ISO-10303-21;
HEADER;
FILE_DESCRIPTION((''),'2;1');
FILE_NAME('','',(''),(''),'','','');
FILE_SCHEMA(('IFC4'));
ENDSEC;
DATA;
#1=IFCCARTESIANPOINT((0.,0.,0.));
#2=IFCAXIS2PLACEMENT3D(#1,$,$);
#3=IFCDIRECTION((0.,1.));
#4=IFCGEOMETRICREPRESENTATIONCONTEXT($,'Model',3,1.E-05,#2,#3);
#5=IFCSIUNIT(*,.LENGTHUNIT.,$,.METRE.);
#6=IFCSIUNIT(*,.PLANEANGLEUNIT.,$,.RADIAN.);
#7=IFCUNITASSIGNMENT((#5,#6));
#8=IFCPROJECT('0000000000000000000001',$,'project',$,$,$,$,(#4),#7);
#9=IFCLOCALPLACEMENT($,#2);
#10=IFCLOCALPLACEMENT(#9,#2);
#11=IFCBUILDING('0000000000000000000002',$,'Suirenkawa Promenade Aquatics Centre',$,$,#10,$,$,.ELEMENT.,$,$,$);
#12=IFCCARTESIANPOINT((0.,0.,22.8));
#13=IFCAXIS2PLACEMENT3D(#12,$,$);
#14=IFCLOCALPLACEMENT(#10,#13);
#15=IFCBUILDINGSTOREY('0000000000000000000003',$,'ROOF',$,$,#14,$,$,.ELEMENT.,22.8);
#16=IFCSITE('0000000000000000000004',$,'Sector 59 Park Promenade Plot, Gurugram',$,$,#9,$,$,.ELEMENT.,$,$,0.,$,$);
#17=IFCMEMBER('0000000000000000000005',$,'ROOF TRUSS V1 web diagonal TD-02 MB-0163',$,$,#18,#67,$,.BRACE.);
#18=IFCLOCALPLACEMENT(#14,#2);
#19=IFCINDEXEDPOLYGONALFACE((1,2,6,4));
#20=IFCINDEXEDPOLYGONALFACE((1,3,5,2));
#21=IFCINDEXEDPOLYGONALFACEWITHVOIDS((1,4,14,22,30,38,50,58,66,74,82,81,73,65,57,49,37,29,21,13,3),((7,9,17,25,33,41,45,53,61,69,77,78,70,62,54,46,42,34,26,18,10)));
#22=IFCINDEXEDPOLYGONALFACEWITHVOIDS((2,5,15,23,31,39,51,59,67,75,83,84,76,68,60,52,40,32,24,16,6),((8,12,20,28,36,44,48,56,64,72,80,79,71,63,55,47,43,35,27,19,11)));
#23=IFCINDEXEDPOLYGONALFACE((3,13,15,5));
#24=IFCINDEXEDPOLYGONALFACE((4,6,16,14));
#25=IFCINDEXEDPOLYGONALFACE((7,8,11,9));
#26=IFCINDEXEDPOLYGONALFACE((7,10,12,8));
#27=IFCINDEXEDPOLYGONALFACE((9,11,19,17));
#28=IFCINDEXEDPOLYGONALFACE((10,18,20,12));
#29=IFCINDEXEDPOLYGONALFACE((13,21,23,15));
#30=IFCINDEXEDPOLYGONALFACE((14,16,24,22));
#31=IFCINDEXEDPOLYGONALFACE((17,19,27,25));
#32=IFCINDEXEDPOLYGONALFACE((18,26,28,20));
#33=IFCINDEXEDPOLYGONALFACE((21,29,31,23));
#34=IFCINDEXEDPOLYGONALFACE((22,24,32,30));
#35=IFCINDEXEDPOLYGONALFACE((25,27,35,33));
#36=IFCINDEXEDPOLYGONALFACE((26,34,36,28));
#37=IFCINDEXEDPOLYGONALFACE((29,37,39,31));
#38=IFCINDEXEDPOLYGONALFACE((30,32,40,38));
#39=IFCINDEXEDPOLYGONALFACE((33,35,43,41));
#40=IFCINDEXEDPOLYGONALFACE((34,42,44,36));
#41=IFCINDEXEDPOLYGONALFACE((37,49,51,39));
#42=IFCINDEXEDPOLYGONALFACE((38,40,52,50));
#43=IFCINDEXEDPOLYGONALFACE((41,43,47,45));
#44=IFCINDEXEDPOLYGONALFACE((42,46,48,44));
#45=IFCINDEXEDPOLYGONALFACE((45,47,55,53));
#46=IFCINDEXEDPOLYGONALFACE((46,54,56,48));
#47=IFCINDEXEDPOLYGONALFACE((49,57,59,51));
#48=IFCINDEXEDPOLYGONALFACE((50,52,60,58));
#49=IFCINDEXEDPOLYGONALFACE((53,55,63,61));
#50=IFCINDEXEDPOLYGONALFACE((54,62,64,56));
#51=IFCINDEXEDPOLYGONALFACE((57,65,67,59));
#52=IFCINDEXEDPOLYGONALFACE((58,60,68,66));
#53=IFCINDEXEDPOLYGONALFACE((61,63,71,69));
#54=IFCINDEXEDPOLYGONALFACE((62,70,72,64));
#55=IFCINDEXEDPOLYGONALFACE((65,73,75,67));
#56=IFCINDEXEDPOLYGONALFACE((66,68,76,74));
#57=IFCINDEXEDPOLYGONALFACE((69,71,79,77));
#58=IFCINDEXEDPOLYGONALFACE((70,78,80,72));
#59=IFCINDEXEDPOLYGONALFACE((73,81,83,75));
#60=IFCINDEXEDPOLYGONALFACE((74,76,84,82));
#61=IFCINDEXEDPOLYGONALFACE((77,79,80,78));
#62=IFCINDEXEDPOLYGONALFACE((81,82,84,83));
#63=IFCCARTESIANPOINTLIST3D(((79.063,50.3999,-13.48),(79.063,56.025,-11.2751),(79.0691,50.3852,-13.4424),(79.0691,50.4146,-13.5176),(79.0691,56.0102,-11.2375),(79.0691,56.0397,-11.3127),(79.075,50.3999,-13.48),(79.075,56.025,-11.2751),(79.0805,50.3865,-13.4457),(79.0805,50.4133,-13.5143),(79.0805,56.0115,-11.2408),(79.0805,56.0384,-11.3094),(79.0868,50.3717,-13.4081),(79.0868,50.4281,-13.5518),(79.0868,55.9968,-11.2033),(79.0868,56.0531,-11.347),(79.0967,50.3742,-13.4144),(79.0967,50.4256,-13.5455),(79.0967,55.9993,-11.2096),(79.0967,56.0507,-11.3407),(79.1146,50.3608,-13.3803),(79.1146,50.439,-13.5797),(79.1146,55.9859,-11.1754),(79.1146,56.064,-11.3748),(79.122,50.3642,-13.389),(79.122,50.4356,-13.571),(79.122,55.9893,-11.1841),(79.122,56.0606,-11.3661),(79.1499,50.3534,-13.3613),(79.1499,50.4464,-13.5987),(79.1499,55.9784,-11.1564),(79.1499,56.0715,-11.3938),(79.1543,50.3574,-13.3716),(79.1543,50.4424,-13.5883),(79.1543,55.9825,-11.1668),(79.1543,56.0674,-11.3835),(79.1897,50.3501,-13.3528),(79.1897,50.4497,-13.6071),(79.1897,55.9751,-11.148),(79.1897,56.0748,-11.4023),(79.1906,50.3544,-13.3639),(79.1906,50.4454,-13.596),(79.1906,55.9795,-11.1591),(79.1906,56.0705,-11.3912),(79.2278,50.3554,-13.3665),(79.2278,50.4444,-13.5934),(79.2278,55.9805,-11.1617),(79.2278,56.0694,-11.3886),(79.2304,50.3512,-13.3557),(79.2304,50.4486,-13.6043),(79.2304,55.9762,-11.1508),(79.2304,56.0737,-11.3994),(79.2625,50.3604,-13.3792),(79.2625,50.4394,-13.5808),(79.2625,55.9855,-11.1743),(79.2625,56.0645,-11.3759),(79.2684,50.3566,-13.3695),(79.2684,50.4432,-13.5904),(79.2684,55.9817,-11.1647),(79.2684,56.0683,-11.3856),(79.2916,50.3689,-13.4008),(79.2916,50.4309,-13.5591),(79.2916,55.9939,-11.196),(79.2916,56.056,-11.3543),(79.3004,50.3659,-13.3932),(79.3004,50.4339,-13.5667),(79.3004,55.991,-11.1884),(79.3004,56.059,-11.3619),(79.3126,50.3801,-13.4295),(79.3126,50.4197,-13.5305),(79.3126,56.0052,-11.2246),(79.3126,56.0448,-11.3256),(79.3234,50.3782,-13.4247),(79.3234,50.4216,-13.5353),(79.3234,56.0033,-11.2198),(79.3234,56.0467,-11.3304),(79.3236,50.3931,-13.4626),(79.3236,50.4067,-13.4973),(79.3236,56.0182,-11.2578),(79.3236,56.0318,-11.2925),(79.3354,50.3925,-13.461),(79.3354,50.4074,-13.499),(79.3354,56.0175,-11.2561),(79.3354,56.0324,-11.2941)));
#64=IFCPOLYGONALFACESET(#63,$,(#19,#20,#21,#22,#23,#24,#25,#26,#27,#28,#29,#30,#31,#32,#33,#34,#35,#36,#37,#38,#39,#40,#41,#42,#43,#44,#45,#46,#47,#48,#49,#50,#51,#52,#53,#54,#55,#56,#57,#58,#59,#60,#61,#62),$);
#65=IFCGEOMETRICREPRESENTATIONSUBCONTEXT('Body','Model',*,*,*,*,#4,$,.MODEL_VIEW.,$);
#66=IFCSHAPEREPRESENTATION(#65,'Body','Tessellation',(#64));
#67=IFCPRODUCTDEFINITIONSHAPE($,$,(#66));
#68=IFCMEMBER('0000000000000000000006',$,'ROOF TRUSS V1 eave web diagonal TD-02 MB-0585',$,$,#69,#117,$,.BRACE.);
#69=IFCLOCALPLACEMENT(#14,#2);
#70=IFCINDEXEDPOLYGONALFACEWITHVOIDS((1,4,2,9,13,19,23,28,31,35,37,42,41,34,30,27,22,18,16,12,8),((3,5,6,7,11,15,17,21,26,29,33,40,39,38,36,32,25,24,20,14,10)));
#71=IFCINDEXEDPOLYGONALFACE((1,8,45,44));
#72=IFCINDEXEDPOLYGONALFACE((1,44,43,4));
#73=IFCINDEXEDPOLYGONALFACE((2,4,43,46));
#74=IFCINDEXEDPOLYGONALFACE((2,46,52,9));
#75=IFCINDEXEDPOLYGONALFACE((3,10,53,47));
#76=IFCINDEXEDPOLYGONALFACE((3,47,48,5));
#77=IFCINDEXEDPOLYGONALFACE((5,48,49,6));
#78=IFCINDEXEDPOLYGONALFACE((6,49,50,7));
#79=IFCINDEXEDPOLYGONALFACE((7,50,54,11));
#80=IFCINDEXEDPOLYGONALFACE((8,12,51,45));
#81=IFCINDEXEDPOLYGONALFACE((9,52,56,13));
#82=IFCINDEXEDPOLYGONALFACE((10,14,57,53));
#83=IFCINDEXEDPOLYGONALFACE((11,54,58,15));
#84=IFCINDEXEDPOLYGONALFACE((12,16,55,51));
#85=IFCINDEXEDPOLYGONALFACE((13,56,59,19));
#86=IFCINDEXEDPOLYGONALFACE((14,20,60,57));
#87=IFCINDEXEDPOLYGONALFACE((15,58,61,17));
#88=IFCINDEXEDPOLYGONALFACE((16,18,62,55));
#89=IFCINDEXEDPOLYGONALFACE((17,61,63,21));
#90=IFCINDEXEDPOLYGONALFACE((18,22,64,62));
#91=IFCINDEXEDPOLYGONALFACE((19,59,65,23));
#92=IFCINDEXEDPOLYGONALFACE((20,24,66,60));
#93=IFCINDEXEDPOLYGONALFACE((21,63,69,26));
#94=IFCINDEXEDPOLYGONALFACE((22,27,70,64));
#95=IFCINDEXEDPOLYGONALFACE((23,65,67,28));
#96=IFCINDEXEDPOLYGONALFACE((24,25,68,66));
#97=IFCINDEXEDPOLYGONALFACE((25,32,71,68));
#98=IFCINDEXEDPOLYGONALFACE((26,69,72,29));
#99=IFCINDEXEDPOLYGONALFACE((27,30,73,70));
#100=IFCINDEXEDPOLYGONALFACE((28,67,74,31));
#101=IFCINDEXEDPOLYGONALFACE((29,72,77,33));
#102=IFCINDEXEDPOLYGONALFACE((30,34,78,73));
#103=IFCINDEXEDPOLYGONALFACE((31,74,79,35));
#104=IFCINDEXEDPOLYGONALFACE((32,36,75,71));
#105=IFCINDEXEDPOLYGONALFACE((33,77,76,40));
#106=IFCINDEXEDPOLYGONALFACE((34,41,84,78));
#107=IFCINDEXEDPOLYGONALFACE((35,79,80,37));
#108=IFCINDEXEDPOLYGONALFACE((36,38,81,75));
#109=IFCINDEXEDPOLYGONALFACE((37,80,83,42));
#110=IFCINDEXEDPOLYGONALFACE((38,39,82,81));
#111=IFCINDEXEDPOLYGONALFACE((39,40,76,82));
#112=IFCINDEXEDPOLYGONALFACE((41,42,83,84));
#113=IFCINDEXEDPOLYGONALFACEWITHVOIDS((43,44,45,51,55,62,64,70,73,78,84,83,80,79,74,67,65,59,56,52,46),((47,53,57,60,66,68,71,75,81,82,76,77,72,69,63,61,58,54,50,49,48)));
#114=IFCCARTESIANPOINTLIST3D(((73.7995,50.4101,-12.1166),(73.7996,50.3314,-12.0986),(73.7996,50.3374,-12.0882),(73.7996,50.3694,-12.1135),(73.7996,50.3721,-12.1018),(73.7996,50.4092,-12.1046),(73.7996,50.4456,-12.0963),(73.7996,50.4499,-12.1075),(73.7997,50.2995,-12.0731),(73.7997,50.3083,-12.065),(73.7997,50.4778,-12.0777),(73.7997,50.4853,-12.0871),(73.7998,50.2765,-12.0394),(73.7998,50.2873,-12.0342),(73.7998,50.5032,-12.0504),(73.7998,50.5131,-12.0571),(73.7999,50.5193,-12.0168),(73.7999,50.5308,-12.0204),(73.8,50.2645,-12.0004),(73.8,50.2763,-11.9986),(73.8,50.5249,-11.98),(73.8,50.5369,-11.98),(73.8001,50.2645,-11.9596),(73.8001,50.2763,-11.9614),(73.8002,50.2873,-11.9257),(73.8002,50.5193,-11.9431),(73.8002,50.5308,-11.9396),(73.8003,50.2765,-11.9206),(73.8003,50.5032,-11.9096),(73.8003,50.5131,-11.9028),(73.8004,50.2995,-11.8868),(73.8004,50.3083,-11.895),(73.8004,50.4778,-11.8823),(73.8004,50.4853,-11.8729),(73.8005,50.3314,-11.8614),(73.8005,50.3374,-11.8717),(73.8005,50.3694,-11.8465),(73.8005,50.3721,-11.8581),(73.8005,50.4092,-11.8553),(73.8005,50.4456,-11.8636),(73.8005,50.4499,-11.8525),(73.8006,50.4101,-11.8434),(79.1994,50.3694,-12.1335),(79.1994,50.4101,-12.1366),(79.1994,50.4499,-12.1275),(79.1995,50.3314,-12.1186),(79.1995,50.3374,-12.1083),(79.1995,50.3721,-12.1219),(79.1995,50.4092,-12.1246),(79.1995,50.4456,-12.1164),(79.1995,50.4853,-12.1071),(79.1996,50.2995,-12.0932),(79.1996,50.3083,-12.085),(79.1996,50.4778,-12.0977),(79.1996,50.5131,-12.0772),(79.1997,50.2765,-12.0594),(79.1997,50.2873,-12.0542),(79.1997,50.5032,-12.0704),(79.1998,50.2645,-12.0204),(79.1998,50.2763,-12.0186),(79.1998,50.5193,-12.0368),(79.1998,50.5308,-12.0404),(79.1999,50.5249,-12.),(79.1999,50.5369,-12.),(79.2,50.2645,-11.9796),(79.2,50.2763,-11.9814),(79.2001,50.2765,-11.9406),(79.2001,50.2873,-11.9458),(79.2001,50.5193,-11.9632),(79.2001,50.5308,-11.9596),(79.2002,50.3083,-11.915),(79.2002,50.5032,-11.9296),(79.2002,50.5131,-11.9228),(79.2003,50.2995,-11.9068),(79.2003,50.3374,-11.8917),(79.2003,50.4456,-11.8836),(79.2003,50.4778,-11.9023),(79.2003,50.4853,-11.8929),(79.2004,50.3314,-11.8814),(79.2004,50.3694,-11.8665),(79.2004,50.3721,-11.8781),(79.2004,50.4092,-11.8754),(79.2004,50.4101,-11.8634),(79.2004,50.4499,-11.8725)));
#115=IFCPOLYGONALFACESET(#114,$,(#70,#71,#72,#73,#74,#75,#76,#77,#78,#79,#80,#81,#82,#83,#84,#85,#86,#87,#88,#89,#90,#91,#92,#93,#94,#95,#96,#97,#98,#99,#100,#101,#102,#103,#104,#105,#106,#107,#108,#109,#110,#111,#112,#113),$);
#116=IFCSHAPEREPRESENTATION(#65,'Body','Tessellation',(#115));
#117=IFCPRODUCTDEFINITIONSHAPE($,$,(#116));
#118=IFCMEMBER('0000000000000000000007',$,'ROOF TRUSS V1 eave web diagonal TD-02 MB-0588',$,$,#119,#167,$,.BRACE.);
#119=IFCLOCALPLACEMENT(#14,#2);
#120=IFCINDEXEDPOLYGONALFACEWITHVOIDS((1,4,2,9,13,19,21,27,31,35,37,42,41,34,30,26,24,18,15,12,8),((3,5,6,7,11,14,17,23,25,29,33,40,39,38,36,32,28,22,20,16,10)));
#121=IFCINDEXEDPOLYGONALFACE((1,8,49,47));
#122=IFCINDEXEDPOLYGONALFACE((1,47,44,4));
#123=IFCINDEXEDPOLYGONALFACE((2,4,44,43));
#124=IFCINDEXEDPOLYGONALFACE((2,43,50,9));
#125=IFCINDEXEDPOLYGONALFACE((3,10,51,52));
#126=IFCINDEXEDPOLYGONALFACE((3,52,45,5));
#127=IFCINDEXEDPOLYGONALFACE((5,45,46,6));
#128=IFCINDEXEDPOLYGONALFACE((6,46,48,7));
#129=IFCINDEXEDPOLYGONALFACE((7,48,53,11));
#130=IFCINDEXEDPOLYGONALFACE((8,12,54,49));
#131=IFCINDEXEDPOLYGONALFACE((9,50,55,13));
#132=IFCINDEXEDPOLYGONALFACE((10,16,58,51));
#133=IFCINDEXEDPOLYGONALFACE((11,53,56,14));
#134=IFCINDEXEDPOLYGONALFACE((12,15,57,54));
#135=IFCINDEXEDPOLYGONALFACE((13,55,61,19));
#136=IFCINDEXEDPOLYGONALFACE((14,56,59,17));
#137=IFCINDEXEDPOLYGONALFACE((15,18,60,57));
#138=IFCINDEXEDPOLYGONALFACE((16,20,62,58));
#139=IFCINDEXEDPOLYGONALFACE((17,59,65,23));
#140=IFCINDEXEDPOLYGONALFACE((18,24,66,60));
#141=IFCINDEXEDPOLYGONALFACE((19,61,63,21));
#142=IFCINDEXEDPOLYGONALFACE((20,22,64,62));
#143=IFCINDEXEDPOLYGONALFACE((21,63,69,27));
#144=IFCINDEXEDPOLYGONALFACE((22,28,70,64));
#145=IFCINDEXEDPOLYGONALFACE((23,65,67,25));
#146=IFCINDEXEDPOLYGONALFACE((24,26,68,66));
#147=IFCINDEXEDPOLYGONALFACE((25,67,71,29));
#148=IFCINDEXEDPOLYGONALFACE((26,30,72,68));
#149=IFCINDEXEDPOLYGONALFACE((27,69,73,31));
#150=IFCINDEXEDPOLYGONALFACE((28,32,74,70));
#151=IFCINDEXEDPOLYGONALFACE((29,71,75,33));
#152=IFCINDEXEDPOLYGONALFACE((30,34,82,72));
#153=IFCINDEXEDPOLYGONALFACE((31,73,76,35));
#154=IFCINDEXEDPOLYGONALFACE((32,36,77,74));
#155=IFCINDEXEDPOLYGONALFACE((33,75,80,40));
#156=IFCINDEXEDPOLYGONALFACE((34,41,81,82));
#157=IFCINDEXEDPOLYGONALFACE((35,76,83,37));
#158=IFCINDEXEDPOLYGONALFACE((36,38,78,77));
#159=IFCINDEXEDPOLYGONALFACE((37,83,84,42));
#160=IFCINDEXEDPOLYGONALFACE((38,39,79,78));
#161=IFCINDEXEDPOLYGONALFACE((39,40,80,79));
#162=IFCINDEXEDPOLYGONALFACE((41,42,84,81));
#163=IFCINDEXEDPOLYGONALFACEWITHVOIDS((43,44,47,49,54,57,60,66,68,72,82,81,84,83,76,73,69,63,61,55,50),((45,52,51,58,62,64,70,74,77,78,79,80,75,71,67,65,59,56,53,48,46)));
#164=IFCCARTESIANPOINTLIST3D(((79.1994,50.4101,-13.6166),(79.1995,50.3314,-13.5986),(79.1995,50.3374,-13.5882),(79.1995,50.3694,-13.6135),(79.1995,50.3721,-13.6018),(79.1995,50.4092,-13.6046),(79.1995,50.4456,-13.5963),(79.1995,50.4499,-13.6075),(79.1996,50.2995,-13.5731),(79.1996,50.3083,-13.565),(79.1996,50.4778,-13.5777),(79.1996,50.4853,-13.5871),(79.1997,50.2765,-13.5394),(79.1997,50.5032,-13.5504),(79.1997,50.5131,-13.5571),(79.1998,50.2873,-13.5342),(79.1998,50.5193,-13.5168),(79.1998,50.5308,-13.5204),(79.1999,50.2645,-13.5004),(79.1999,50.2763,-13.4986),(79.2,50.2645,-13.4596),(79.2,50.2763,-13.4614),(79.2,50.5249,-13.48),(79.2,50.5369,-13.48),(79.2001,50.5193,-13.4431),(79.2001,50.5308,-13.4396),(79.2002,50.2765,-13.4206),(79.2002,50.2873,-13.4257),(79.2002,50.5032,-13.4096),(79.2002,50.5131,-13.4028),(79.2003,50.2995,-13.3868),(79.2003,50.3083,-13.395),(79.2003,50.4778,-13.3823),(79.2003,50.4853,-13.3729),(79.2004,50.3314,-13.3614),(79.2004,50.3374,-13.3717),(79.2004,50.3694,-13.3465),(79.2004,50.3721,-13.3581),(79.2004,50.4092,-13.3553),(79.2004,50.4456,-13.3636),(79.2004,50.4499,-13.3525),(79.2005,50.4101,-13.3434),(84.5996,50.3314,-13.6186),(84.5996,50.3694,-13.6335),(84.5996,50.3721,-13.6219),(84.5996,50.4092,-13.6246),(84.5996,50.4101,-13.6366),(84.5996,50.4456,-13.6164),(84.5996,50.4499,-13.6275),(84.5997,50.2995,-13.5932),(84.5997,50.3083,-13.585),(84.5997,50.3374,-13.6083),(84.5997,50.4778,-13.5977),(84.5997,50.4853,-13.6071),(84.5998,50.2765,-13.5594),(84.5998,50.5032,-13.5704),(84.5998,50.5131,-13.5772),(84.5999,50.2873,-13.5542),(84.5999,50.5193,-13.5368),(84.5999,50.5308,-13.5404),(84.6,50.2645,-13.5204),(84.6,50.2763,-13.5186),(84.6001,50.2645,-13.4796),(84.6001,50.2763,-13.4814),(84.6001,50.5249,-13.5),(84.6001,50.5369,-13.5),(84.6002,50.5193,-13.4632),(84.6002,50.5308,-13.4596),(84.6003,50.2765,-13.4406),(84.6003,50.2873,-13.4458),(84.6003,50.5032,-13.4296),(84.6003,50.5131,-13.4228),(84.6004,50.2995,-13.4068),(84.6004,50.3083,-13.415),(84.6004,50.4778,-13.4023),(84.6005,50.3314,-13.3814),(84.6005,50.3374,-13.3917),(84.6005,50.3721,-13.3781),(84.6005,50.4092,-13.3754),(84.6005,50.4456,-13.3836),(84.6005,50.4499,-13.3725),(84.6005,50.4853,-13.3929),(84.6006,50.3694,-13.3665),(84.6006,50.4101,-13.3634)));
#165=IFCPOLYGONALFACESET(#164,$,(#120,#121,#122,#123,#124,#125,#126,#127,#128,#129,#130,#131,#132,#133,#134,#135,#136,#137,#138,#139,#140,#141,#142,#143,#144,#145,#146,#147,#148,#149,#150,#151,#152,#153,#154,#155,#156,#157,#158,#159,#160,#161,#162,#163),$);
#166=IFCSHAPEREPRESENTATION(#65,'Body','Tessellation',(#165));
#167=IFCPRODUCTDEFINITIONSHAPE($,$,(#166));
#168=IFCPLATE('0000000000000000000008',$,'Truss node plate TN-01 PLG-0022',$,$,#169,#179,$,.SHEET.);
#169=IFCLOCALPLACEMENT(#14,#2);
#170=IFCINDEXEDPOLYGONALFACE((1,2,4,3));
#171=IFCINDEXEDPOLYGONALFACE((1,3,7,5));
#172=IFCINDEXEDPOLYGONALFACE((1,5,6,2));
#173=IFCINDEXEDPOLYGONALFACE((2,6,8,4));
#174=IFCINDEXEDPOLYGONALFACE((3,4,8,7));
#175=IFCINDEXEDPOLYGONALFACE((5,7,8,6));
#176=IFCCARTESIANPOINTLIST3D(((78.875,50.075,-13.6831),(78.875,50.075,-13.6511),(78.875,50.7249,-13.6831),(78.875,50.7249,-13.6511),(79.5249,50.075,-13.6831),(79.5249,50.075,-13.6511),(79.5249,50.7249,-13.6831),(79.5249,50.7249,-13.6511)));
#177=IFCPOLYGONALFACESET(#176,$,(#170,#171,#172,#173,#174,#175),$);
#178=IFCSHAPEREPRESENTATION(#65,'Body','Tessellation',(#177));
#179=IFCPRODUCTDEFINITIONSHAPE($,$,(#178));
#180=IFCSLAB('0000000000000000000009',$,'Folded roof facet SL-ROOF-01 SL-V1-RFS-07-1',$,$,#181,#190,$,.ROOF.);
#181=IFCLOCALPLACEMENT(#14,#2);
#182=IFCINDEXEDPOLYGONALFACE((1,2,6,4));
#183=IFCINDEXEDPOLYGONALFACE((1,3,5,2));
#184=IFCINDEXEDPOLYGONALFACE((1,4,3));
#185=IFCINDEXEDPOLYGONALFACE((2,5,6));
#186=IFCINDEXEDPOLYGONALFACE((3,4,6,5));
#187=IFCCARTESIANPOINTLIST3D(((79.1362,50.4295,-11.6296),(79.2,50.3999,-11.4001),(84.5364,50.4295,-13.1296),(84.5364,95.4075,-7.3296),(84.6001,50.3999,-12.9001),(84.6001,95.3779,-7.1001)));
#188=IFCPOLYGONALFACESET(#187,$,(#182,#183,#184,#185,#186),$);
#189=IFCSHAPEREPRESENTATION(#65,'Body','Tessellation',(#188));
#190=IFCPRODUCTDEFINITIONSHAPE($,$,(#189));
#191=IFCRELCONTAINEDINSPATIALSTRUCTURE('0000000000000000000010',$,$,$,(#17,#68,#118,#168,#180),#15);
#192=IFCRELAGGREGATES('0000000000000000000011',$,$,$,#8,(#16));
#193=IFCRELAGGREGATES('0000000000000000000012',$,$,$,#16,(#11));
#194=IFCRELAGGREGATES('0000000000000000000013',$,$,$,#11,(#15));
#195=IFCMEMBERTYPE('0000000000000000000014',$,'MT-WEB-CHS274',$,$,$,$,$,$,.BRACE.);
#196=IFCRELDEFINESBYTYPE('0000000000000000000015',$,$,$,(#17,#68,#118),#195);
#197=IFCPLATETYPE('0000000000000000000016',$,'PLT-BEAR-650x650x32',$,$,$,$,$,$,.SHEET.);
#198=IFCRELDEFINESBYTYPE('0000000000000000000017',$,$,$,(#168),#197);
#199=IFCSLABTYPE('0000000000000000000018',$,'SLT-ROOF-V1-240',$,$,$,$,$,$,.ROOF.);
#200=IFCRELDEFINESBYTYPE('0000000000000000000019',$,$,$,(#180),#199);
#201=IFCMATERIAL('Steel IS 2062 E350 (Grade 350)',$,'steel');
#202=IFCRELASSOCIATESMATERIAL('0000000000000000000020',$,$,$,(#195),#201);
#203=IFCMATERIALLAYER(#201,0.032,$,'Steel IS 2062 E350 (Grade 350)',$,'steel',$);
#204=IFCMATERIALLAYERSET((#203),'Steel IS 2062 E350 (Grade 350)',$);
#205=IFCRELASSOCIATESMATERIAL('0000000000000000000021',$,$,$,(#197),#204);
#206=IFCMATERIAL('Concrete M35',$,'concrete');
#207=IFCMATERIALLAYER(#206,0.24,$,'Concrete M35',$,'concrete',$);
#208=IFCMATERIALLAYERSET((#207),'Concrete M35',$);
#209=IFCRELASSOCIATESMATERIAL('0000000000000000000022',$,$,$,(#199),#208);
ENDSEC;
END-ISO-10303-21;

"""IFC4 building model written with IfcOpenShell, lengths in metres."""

from ifc_helpers import new_model, si_unit, direction, frame, origin, origin_2d, place, context, subcontext, project, spatial, polyline, rectangle, hollow_circle, outline, extrude, material, layer, layer_set, material_profile, profile_set, type_object, element, save


model = new_model("IFC4")

# Units and contexts
model_context = context("Model", 3, precision=1e-05, world=origin(), true_north=direction((0.0, 1.0)))
body_context = subcontext(model_context, "Body", "Model", "MODEL_VIEW")
ifc_project = project(units=[si_unit("LENGTHUNIT", "METRE"), si_unit("PLANEANGLEUNIT", "RADIAN")], contexts=[model_context])

# Site, building, storey
site_placement = place(None, origin())
site = spatial("IfcSite", under=ifc_project, at=site_placement, Name="Sector 59 Park Promenade Plot, Gurugram", CompositionType="ELEMENT", RefElevation=0.0)
building_placement = place(site_placement, origin())
building = spatial("IfcBuilding", under=site, at=building_placement, Name="Suirenkawa Promenade Aquatics Centre", CompositionType="ELEMENT")
storey_placement = place(building_placement, frame((0.0, 0.0, 22.8)))
storey = spatial("IfcBuildingStorey", under=building, at=storey_placement, Name="ROOF", CompositionType="ELEMENT", Elevation=22.8)

# Shared definitions
ifc_material_1 = material(Name="Steel IS 2062 E350 (Grade 350)", Category="steel")

# Members
ifc_material_profile_1 = material_profile(ifc_material_1, hollow_circle(Radius=0.137, WallThickness=0.012, at=origin_2d()), Name="CHS 274x12", Category="steel")
ifc_profile_set_1 = profile_set([ifc_material_profile_1], Name="Steel IS 2062 E350 (Grade 350)")
member_type_1 = type_object("IfcMemberType", Name="MT-WEB-CHS274", PredefinedType="BRACE", material=ifc_profile_set_1)
for number, where, z_axis, x_axis, name in (
    (1, (79.2, 50.3999, -13.48), (0.0, 0.931032, 0.364937), (-1.0, 0.0, 0.0), "ROOF TRUSS V1 web diagonal TD-02 MB-0163"),
):
    element("IfcMember", number, at=place(storey_placement, frame(where, z_axis=z_axis, x_axis=x_axis)), inside=storey, type_object=member_type_1, Name=name, PredefinedType="BRACE", context=body_context, shape_type="SweptSolid", body=[
        extrude(hollow_circle(Radius=0.137, WallThickness=0.012, at=origin_2d()), origin(), (0.0, 0.0, 1.0), 6.0417),
    ])
member_1_placement = place(storey_placement, frame((73.8, 50.3999, -11.98), z_axis=(0.999993, 0.0, -0.003707), x_axis=(0.0, 1.0, 0.0)))
element("IfcMember", 2, at=member_1_placement, inside=storey, type_object=member_type_1, Name="ROOF TRUSS V1 eave web diagonal TD-02 MB-0585", PredefinedType="BRACE", context=body_context, shape_type="SweptSolid", body=[
    extrude(hollow_circle(Radius=0.137, WallThickness=0.012, at=origin_2d()), origin(), (0.0, 0.0, 1.0), 5.3999),
])
member_2_placement = place(storey_placement, frame((79.2, 50.3999, -13.48), z_axis=(0.999993, 0.0, -0.003707), x_axis=(0.0, 1.0, 0.0)))
element("IfcMember", 3, at=member_2_placement, inside=storey, type_object=member_type_1, Name="ROOF TRUSS V1 eave web diagonal TD-02 MB-0588", PredefinedType="BRACE", context=body_context, shape_type="SweptSolid", body=[
    extrude(hollow_circle(Radius=0.137, WallThickness=0.012, at=origin_2d()), origin(), (0.0, 0.0, 1.0), 5.4001),
])

# Plate
ifc_layer_1 = layer(ifc_material_1, 0.032, Name="Steel IS 2062 E350 (Grade 350)", Category="steel")
ifc_layer_set_1 = layer_set([ifc_layer_1], Name="Steel IS 2062 E350 (Grade 350)")
plate_type = type_object("IfcPlateType", Name="PLT-BEAR-650x650x32", PredefinedType="SHEET", material=ifc_layer_set_1)
plate_placement = place(storey_placement, frame((79.2, 50.3999, -13.6831), z_axis=(0.0, 0.0, 1.0), x_axis=(1.0, 0.0, 0.0)))
element("IfcPlate", 4, at=plate_placement, inside=storey, type_object=plate_type, Name="Truss node plate TN-01 PLG-0022", PredefinedType="SHEET", context=body_context, shape_type="SweptSolid", body=[
    extrude(rectangle(XDim=0.6499, YDim=0.6499, at=origin_2d()), origin(), (0.0, 0.0, 1.0), 0.032),
])

# Slab
ifc_material_2 = material(Name="Concrete M35", Category="concrete")
ifc_layer_2 = layer(ifc_material_2, 0.24, Name="Concrete M35", Category="concrete")
ifc_layer_set_2 = layer_set([ifc_layer_2], Name="Concrete M35")
slab_type = type_object("IfcSlabType", Name="SLT-ROOF-V1-240", PredefinedType="ROOF", material=ifc_layer_set_2)
slab_1_placement = place(storey_placement, frame((79.2, 50.3999, -11.4001), z_axis=(0.265595, -0.123301, 0.956168), x_axis=(0.96352, 0.0, -0.267637)))
element("IfcSlab", 5, at=slab_1_placement, inside=storey, type_object=slab_type, Name="Folded roof facet SL-ROOF-01 SL-V1-RFS-07-1", PredefinedType="ROOF", context=body_context, shape_type="SweptSolid", body=[
    extrude(outline(polyline([(0.0, 0.0), (5.6046, 0.0), (4.0523, 45.3239), (0.0, 0.0)])), origin(), (0.0, 0.0, -1.0), 0.24),
])

save(model, "model.ifc")
